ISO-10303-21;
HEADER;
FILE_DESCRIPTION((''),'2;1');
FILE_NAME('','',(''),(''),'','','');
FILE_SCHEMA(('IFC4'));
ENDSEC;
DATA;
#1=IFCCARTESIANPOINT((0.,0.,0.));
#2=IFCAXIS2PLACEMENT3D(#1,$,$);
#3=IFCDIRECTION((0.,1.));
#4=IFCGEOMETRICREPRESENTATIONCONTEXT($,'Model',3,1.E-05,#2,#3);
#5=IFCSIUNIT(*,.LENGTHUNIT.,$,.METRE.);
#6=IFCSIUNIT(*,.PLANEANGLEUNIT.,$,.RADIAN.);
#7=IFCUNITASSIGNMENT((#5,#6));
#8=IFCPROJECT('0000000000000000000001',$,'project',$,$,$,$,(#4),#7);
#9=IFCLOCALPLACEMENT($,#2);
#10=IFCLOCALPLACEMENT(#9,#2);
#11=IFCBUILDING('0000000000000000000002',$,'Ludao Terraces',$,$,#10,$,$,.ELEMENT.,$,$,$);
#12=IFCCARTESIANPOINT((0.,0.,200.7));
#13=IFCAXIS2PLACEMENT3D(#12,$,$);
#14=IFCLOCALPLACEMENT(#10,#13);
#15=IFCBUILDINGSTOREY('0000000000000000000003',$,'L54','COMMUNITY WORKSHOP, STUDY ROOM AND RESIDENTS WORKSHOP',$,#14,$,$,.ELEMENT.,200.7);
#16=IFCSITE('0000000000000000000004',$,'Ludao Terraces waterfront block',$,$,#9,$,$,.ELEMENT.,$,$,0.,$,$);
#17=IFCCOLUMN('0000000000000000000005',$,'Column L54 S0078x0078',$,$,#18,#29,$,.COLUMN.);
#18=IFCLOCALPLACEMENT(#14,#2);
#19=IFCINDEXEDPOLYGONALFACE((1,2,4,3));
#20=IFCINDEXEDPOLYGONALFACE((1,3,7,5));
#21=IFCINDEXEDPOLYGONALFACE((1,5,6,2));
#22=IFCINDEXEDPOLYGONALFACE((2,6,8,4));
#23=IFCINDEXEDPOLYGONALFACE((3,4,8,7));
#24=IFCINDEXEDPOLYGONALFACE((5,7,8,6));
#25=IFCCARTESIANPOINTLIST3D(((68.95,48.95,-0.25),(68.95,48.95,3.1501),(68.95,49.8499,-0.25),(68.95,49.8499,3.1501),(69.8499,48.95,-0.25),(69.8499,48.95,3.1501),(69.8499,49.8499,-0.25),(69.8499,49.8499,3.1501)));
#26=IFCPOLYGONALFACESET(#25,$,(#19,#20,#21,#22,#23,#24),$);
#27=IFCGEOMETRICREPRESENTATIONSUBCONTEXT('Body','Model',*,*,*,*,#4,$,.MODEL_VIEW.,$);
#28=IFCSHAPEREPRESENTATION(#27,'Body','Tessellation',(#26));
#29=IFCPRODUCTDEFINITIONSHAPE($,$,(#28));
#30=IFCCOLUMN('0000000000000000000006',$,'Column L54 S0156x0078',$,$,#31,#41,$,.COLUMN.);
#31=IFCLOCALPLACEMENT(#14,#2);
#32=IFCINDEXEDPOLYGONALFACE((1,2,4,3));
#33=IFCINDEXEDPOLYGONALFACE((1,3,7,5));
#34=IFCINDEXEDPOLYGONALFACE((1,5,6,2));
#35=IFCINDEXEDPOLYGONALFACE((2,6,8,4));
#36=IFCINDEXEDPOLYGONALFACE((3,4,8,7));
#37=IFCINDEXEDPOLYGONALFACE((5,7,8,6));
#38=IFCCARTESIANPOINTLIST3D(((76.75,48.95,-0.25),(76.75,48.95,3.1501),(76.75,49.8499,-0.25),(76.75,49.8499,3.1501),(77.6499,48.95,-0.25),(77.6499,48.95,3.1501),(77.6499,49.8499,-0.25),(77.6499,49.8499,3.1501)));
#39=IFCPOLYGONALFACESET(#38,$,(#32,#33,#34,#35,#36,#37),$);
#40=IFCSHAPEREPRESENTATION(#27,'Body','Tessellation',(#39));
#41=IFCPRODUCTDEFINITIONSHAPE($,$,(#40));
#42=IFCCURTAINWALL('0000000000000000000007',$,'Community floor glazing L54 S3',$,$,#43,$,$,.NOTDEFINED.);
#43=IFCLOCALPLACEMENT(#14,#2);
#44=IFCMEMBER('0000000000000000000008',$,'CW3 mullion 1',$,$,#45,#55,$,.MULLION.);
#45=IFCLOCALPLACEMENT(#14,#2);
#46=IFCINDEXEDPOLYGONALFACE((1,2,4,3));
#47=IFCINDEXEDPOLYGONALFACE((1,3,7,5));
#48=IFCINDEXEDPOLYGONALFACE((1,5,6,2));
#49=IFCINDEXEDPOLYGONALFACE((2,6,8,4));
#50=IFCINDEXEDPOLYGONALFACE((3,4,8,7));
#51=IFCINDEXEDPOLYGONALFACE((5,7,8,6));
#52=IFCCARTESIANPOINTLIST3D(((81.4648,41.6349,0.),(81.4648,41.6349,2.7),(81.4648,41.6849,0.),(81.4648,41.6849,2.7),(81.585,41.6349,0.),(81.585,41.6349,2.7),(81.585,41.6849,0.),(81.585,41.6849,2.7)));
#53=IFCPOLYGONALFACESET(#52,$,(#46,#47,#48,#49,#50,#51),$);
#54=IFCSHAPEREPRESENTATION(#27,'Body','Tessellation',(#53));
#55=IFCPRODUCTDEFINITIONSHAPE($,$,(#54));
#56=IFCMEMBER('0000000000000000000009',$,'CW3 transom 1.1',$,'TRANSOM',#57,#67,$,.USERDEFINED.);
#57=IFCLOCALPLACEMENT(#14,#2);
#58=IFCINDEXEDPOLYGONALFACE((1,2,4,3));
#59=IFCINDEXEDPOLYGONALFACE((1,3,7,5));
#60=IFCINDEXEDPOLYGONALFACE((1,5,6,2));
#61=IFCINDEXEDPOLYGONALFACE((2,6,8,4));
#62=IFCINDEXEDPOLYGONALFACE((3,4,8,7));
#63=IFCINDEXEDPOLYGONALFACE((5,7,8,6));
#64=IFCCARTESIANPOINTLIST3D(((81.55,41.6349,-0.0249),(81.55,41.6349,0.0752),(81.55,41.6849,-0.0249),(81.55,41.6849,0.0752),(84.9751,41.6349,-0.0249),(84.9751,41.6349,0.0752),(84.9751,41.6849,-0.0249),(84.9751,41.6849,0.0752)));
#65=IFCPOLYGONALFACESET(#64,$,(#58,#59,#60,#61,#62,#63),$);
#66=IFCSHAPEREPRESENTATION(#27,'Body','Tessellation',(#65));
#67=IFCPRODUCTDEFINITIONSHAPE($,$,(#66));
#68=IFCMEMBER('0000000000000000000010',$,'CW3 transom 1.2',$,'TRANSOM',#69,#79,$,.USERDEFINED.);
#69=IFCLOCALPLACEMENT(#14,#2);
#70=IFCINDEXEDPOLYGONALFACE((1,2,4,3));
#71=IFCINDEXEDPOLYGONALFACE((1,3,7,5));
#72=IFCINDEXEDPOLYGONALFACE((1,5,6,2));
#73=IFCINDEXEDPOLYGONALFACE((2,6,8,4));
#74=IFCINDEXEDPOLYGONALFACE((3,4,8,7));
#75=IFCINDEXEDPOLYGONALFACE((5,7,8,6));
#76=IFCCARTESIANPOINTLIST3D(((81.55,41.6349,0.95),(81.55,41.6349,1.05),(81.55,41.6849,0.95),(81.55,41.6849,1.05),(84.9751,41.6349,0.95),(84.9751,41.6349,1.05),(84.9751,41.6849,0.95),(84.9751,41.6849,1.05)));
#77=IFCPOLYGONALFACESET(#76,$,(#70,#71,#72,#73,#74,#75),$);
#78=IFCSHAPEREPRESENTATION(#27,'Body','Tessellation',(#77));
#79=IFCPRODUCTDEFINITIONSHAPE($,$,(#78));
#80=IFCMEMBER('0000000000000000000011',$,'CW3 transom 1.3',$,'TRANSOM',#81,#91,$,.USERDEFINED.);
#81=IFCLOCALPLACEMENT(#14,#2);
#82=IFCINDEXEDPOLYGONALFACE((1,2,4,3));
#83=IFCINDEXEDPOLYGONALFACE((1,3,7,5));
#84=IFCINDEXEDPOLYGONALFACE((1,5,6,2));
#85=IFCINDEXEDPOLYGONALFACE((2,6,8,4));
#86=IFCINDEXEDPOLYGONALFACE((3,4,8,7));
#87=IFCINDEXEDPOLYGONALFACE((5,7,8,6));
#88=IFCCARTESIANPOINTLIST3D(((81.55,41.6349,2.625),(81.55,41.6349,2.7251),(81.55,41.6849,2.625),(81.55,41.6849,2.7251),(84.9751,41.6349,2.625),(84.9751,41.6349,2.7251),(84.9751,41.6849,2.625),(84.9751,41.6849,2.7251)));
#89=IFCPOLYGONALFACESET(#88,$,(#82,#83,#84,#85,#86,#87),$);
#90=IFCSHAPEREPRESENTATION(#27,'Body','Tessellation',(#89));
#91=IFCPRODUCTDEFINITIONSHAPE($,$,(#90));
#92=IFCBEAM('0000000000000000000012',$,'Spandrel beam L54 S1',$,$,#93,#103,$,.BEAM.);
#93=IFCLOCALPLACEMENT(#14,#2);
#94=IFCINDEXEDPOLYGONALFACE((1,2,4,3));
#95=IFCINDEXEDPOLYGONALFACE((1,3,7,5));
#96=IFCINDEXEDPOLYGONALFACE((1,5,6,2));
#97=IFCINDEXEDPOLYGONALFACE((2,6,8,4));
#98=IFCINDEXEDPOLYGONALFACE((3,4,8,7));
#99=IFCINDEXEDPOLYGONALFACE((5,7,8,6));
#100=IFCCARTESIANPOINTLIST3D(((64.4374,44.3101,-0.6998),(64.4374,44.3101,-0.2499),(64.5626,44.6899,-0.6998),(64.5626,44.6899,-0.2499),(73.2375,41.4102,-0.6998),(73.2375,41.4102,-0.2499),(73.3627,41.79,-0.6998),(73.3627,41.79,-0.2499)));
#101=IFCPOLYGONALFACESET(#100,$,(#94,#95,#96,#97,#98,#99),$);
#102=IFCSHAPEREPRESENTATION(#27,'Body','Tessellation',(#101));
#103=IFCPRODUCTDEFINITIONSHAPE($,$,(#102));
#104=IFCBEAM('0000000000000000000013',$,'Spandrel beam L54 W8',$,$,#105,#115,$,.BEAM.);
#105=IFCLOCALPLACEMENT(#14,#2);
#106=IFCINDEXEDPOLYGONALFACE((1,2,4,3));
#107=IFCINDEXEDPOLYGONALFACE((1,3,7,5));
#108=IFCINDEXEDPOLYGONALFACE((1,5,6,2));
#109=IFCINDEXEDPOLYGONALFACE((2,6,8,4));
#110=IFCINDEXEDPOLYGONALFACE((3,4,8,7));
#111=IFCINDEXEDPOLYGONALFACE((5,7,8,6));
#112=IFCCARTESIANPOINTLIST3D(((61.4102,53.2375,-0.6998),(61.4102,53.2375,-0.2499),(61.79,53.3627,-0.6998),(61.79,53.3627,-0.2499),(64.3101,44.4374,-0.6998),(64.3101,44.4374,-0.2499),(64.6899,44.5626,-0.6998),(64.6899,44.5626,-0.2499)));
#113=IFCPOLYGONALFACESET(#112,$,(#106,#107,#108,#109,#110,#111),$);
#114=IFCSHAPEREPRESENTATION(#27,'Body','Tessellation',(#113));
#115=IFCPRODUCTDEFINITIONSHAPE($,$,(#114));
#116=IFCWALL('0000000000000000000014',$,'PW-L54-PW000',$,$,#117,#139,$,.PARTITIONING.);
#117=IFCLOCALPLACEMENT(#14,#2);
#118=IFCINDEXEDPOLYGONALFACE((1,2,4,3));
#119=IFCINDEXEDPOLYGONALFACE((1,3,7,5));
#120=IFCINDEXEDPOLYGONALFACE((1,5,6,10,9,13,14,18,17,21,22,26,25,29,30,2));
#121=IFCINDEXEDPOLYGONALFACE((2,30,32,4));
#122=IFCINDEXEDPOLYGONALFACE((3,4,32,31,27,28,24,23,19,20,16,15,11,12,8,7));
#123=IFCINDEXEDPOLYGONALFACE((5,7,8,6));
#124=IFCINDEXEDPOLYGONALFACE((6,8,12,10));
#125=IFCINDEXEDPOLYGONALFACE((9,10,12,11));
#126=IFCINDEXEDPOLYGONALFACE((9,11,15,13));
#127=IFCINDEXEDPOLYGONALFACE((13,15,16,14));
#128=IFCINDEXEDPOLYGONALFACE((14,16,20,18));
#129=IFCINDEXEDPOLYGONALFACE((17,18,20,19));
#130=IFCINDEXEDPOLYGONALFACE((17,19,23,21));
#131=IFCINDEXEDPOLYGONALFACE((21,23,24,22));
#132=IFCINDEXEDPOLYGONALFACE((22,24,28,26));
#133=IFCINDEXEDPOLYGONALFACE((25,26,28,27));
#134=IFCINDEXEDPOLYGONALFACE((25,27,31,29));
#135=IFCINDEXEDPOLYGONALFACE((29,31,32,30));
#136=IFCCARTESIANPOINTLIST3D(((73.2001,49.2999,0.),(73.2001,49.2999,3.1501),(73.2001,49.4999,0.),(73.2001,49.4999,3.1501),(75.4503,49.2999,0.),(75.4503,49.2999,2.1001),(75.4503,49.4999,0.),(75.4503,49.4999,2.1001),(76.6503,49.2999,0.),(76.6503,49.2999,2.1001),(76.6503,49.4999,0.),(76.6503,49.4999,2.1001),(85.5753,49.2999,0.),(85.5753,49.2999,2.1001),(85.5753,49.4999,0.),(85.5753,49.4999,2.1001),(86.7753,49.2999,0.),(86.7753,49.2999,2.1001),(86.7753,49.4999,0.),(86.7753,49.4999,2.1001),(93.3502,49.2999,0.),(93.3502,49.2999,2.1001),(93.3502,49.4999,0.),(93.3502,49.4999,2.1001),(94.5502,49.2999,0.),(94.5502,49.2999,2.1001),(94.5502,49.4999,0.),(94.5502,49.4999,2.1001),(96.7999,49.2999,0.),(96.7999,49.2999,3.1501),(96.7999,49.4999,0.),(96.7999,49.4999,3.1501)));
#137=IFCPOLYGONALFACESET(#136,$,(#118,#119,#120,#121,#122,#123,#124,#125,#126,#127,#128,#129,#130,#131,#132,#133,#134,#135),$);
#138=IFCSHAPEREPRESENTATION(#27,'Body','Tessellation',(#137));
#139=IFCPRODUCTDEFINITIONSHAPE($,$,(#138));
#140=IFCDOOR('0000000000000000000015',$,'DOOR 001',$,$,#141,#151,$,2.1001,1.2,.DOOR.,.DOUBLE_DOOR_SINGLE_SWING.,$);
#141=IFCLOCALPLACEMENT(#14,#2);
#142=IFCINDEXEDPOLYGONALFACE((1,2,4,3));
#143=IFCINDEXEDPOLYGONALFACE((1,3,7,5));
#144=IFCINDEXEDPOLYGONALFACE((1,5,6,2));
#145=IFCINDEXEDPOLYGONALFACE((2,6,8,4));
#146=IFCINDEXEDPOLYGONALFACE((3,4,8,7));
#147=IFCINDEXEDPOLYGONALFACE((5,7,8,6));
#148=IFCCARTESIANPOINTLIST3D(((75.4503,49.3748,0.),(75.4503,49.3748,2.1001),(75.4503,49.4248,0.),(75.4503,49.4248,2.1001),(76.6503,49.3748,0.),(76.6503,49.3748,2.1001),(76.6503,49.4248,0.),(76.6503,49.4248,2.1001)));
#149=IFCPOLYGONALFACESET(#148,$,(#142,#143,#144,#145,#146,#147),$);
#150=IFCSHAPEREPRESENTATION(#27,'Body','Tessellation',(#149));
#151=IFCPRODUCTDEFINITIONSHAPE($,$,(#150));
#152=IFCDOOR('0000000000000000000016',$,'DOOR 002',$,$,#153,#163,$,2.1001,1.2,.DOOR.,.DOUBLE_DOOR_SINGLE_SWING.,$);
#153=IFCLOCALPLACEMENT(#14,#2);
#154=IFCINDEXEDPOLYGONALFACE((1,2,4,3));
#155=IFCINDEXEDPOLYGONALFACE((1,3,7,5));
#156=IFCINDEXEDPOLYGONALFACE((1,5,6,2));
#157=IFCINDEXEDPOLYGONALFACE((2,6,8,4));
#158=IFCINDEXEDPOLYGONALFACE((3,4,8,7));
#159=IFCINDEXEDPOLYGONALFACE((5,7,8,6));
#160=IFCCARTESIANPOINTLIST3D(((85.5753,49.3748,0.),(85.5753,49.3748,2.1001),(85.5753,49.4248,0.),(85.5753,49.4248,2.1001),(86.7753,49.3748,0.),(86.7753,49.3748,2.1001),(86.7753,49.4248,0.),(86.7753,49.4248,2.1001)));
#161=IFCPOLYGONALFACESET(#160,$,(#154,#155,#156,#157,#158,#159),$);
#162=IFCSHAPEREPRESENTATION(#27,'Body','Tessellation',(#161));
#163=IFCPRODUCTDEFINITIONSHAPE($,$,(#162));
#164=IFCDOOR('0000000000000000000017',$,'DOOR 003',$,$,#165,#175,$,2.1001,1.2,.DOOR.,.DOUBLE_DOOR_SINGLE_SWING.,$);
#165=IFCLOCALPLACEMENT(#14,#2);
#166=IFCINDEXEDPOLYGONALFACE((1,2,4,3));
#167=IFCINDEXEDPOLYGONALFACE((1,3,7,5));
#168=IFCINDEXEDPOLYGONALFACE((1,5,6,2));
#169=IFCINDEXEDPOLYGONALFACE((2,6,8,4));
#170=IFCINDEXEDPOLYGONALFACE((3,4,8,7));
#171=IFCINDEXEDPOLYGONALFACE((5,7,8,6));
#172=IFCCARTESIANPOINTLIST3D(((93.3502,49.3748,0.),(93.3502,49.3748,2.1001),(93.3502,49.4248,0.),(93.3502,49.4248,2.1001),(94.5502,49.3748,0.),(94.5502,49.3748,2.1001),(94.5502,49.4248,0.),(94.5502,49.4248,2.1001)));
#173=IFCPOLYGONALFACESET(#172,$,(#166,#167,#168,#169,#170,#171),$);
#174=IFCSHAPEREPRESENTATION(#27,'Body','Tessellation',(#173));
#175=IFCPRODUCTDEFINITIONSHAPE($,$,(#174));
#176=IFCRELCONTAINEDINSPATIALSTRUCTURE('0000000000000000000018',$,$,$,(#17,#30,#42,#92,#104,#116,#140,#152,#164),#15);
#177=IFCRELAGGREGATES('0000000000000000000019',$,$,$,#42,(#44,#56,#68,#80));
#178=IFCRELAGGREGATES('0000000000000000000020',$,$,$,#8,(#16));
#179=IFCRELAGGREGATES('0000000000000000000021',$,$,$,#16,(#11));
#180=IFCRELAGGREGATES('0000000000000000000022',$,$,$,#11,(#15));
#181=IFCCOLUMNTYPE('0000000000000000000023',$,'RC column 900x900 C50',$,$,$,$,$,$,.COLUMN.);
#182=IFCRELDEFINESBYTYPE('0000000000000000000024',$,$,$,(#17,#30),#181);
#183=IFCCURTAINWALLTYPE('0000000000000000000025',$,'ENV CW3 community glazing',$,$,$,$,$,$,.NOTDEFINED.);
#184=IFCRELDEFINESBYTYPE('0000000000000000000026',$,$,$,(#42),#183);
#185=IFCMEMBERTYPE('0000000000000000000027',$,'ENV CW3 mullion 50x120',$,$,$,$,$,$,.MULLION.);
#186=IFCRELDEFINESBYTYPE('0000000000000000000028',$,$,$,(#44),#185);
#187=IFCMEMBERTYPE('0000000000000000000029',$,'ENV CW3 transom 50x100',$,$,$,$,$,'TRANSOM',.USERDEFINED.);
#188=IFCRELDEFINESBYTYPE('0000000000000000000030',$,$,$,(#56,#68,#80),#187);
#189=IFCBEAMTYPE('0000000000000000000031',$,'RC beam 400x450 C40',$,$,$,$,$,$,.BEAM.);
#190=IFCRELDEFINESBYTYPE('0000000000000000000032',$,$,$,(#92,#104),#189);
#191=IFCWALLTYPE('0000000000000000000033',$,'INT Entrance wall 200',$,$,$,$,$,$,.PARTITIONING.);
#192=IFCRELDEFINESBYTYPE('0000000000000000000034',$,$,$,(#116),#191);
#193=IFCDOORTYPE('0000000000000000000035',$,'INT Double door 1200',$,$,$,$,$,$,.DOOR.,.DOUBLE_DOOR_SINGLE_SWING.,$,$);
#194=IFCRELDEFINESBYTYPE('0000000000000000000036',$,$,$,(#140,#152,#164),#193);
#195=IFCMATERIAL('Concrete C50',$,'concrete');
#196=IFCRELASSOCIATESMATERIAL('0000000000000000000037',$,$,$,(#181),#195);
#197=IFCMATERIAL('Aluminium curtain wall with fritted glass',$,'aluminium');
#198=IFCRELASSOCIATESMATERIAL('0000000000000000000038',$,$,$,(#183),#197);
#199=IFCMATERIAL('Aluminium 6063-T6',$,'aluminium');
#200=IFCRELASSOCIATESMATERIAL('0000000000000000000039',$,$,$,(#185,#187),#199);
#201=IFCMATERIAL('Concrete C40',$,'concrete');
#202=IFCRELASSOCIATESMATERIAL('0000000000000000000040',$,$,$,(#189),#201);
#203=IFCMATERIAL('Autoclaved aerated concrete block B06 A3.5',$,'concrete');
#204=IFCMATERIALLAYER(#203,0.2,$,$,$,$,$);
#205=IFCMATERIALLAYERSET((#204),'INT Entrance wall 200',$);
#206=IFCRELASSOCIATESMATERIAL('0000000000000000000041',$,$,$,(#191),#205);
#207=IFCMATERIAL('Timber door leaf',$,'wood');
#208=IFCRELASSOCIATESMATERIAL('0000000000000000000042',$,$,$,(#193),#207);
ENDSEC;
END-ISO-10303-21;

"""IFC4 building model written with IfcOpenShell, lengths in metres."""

from ifc_helpers import new_model, si_unit, direction, frame, frame_2d, origin, origin_2d, place, context, subcontext, project, spatial, rectangle, extrude, material, layer, layer_set, material_profile, profile_set, type_object, element, fill, aggregate, save


model = new_model("IFC4")

# Units and contexts
model_context = context("Model", 3, precision=1e-05, world=origin(), true_north=direction((0.0, 1.0)))
body_context = subcontext(model_context, "Body", "Model", "MODEL_VIEW")
ifc_project = project(units=[si_unit("LENGTHUNIT", "METRE"), si_unit("PLANEANGLEUNIT", "RADIAN")], contexts=[model_context])

# Site, building, storey
site_placement = place(None, origin())
site = spatial("IfcSite", under=ifc_project, at=site_placement, Name="Ludao Terraces waterfront block", CompositionType="ELEMENT", RefElevation=0.0)
building_placement = place(site_placement, origin())
building = spatial("IfcBuilding", under=site, at=building_placement, Name="Ludao Terraces", CompositionType="ELEMENT")
storey_placement = place(building_placement, frame((0.0, 0.0, 200.7)))
storey = spatial("IfcBuildingStorey", under=building, at=storey_placement, Name="L54", Description="COMMUNITY WORKSHOP, STUDY ROOM AND RESIDENTS WORKSHOP", CompositionType="ELEMENT", Elevation=200.7)

# Columns
ifc_material_1 = material(Name="Concrete C50", Category="concrete")
ifc_material_profile_1 = material_profile(ifc_material_1, rectangle(XDim=0.8999, YDim=0.8999, at=origin_2d()), Name="900 X 900")
ifc_profile_set_1 = profile_set([ifc_material_profile_1], Name="Concrete C50")
column_type = type_object("IfcColumnType", Name="RC column 900x900 C50", PredefinedType="COLUMN", material=ifc_profile_set_1)
for number, where, z_axis, x_axis, name in (
    (1, (69.3999, 49.3999, -0.25), (0.0, 0.0, 1.0), (1.0, 0.0, 0.0), "Column L54 S0078x0078"),
    (2, (77.2, 49.3999, -0.25), (0.0, 0.0, 1.0), (1.0, 0.0, 0.0), "Column L54 S0156x0078"),
):
    element("IfcColumn", number, at=place(storey_placement, frame(where, z_axis=z_axis, x_axis=x_axis)), inside=storey, type_object=column_type, Name=name, PredefinedType="COLUMN", context=body_context, shape_type="SweptSolid", body=[
        extrude(rectangle(XDim=0.8999, YDim=0.8999, at=origin_2d()), origin(), (0.0, 0.0, 1.0), 3.4001),
    ])

# Curtain wall, members
ifc_material_2 = material(Name="Aluminium curtain wall with fritted glass", Category="aluminium")
curtain_wall_type = type_object("IfcCurtainWallType", Name="ENV CW3 community glazing", PredefinedType="NOTDEFINED", material=ifc_material_2)
curtain_wall_placement = place(storey_placement, origin())
curtain_wall = element("IfcCurtainWall", 3, at=curtain_wall_placement, inside=storey, type_object=curtain_wall_type, Name="Community floor glazing L54 S3", PredefinedType="NOTDEFINED")
ifc_material_3 = material(Name="Aluminium 6063-T6", Category="aluminium")
ifc_material_profile_2 = material_profile(ifc_material_3, rectangle(XDim=0.05, YDim=0.1201, at=origin_2d()), Name="50 X 120")
ifc_profile_set_2 = profile_set([ifc_material_profile_2], Name="Aluminium 6063-T6")
member_type_1 = type_object("IfcMemberType", Name="ENV CW3 mullion 50x120", PredefinedType="MULLION", material=ifc_profile_set_2)
member_1_placement = place(storey_placement, frame((81.5249, 41.6599, 0.0), z_axis=(0.0, 0.0, 1.0), x_axis=(0.0, 1.0, 0.0)))
member_1 = element("IfcMember", 4, at=member_1_placement, type_object=member_type_1, Name="CW3 mullion 1", PredefinedType="MULLION", context=body_context, shape_type="SweptSolid", body=[
    extrude(rectangle(XDim=0.05, YDim=0.1201, at=origin_2d()), origin(), (0.0, 0.0, 1.0), 2.7),
])
ifc_material_profile_3 = material_profile(ifc_material_3, rectangle(XDim=0.05, YDim=0.1001, at=origin_2d()), Name="50 X 100")
ifc_profile_set_3 = profile_set([ifc_material_profile_3], Name="Aluminium 6063-T6")
member_type_2 = type_object("IfcMemberType", Name="ENV CW3 transom 50x100", ElementType="TRANSOM", PredefinedType="USERDEFINED", material=ifc_profile_set_3)
member_2_placement = place(storey_placement, frame((81.55, 41.6599, 0.0251), z_axis=(1.0, 0.0, 0.0), x_axis=(0.0, 1.0, 0.0)))
member_2 = element("IfcMember", 5, at=member_2_placement, type_object=member_type_2, Name="CW3 transom 1.1", ObjectType="TRANSOM", PredefinedType="USERDEFINED", context=body_context, shape_type="SweptSolid", body=[
    extrude(rectangle(XDim=0.05, YDim=0.1001, at=origin_2d()), origin(), (0.0, 0.0, 1.0), 3.425),
])
member_3_placement = place(storey_placement, frame((81.55, 41.6599, 1.0), z_axis=(1.0, 0.0, 0.0), x_axis=(0.0, 1.0, 0.0)))
member_3 = element("IfcMember", 6, at=member_3_placement, type_object=member_type_2, Name="CW3 transom 1.2", ObjectType="TRANSOM", PredefinedType="USERDEFINED", context=body_context, shape_type="SweptSolid", body=[
    extrude(rectangle(XDim=0.05, YDim=0.1001, at=origin_2d()), origin(), (0.0, 0.0, 1.0), 3.425),
])
member_4_placement = place(storey_placement, frame((81.55, 41.6599, 2.675), z_axis=(1.0, 0.0, 0.0), x_axis=(0.0, 1.0, 0.0)))
member_4 = element("IfcMember", 7, at=member_4_placement, type_object=member_type_2, Name="CW3 transom 1.3", ObjectType="TRANSOM", PredefinedType="USERDEFINED", context=body_context, shape_type="SweptSolid", body=[
    extrude(rectangle(XDim=0.05, YDim=0.1001, at=origin_2d()), origin(), (0.0, 0.0, 1.0), 3.425),
])
aggregate(curtain_wall, [member_1, member_2, member_3, member_4])

# Beams
ifc_material_4 = material(Name="Concrete C40", Category="concrete")
ifc_material_profile_4 = material_profile(ifc_material_4, rectangle(XDim=0.3999, YDim=0.45, at=origin_2d()), Name="400 X 450")
ifc_profile_set_4 = profile_set([ifc_material_profile_4], Name="Concrete C40")
beam_type = type_object("IfcBeamType", Name="RC beam 400x450 C40", PredefinedType="BEAM", material=ifc_profile_set_4)
for number, where, z_axis, x_axis, name in (
    (8, (64.5, 44.5, -0.4749), (0.949761, -0.312977, 0.0), (0.312977, 0.949761, 0.0), "Spandrel beam L54 S1"),
    (9, (64.5, 44.5, -0.4749), (-0.312977, 0.949761, 0.0), (-0.949761, -0.312977, 0.0), "Spandrel beam L54 W8"),
):
    element("IfcBeam", number, at=place(storey_placement, frame(where, z_axis=z_axis, x_axis=x_axis)), inside=storey, type_object=beam_type, Name=name, PredefinedType="BEAM", context=body_context, shape_type="SweptSolid", body=[
        extrude(rectangle(XDim=0.3999, YDim=0.45, at=origin_2d()), origin(), (0.0, 0.0, 1.0), 9.2656),
    ])

# Wall, openings, doors
ifc_material_5 = material(Name="Autoclaved aerated concrete block B06 A3.5", Category="concrete")
ifc_layer_1 = layer(ifc_material_5, 0.2)
ifc_layer_set_1 = layer_set([ifc_layer_1], Name="INT Entrance wall 200")
wall_type_1 = type_object("IfcWallType", Name="INT Entrance wall 200", PredefinedType="PARTITIONING", material=ifc_layer_set_1)
wall_1_placement = place(storey_placement, frame((73.2002, 49.3999, 0.0), z_axis=(0.0, 0.0, 1.0), x_axis=(1.0, 0.0, 0.0)))
wall_1 = element("IfcWall", 10, at=wall_1_placement, inside=storey, type_object=wall_type_1, Name="PW-L54-PW000", PredefinedType="PARTITIONING", context=body_context, shape_type="SweptSolid", body=[
    extrude(rectangle(XDim=23.5999, YDim=0.2, at=frame_2d((11.7998, 0.0))), origin(), (0.0, 0.0, 1.0), 3.1501),
])
opening_1_placement = place(wall_1_placement, frame((2.25, 0.0, 0.0)))
opening_1 = element("IfcOpeningElement", 11, at=opening_1_placement, cuts=wall_1, PredefinedType="OPENING", context=body_context, shape_type="SweptSolid", body=[
    extrude(rectangle(XDim=1.2, YDim=2.1001, at=frame_2d((0.6001, 1.05))), frame((0.0, 0.1099, 0.0), z_axis=(0.0, -1.0, 0.0), x_axis=(1.0, 0.0, 0.0)), (0.0, 0.0, 1.0), 0.22),
])
opening_2_placement = place(wall_1_placement, frame((12.375, 0.0, 0.0)))
opening_2 = element("IfcOpeningElement", 12, at=opening_2_placement, cuts=wall_1, PredefinedType="OPENING", context=body_context, shape_type="SweptSolid", body=[
    extrude(rectangle(XDim=1.2, YDim=2.1001, at=frame_2d((0.6001, 1.05))), frame((0.0, 0.1099, 0.0), z_axis=(0.0, -1.0, 0.0), x_axis=(1.0, 0.0, 0.0)), (0.0, 0.0, 1.0), 0.22),
])
opening_3_placement = place(wall_1_placement, frame((20.1499, 0.0, 0.0)))
opening_3 = element("IfcOpeningElement", 13, at=opening_3_placement, cuts=wall_1, PredefinedType="OPENING", context=body_context, shape_type="SweptSolid", body=[
    extrude(rectangle(XDim=1.2, YDim=2.1001, at=frame_2d((0.6001, 1.05))), frame((0.0, 0.1099, 0.0), z_axis=(0.0, -1.0, 0.0), x_axis=(1.0, 0.0, 0.0)), (0.0, 0.0, 1.0), 0.22),
])
ifc_material_6 = material(Name="Timber door leaf", Category="wood")
door_type_1 = type_object("IfcDoorType", Name="INT Double door 1200", OperationType="DOUBLE_DOOR_SINGLE_SWING", PredefinedType="DOOR", material=ifc_material_6)
door_1_placement = place(opening_1_placement, origin())
door_1 = element("IfcDoor", 14, at=door_1_placement, inside=storey, type_object=door_type_1, Name="DOOR 001", OperationType="DOUBLE_DOOR_SINGLE_SWING", OverallHeight=2.1001, OverallWidth=1.2, PredefinedType="DOOR", context=body_context, shape_type="SweptSolid", body=[
    extrude(rectangle(XDim=1.2, YDim=2.1001, at=frame_2d((0.6001, 1.05))), frame((0.0, 0.0249, 0.0), z_axis=(0.0, -1.0, 0.0), x_axis=(1.0, 0.0, 0.0)), (0.0, 0.0, 1.0), 0.05),
])
fill(opening_1, door_1)
door_2_placement = place(opening_2_placement, origin())
door_2 = element("IfcDoor", 15, at=door_2_placement, inside=storey, type_object=door_type_1, Name="DOOR 002", OperationType="DOUBLE_DOOR_SINGLE_SWING", OverallHeight=2.1001, OverallWidth=1.2, PredefinedType="DOOR", context=body_context, shape_type="SweptSolid", body=[
    extrude(rectangle(XDim=1.2, YDim=2.1001, at=frame_2d((0.6001, 1.05))), frame((0.0, 0.0249, 0.0), z_axis=(0.0, -1.0, 0.0), x_axis=(1.0, 0.0, 0.0)), (0.0, 0.0, 1.0), 0.05),
])
fill(opening_2, door_2)
door_3_placement = place(opening_3_placement, origin())
door_3 = element("IfcDoor", 16, at=door_3_placement, inside=storey, type_object=door_type_1, Name="DOOR 003", OperationType="DOUBLE_DOOR_SINGLE_SWING", OverallHeight=2.1001, OverallWidth=1.2, PredefinedType="DOOR", context=body_context, shape_type="SweptSolid", body=[
    extrude(rectangle(XDim=1.2, YDim=2.1001, at=frame_2d((0.6001, 1.05))), frame((0.0, 0.0249, 0.0), z_axis=(0.0, -1.0, 0.0), x_axis=(1.0, 0.0, 0.0)), (0.0, 0.0, 1.0), 0.05),
])
fill(opening_3, door_3)

save(model, "model.ifc")
